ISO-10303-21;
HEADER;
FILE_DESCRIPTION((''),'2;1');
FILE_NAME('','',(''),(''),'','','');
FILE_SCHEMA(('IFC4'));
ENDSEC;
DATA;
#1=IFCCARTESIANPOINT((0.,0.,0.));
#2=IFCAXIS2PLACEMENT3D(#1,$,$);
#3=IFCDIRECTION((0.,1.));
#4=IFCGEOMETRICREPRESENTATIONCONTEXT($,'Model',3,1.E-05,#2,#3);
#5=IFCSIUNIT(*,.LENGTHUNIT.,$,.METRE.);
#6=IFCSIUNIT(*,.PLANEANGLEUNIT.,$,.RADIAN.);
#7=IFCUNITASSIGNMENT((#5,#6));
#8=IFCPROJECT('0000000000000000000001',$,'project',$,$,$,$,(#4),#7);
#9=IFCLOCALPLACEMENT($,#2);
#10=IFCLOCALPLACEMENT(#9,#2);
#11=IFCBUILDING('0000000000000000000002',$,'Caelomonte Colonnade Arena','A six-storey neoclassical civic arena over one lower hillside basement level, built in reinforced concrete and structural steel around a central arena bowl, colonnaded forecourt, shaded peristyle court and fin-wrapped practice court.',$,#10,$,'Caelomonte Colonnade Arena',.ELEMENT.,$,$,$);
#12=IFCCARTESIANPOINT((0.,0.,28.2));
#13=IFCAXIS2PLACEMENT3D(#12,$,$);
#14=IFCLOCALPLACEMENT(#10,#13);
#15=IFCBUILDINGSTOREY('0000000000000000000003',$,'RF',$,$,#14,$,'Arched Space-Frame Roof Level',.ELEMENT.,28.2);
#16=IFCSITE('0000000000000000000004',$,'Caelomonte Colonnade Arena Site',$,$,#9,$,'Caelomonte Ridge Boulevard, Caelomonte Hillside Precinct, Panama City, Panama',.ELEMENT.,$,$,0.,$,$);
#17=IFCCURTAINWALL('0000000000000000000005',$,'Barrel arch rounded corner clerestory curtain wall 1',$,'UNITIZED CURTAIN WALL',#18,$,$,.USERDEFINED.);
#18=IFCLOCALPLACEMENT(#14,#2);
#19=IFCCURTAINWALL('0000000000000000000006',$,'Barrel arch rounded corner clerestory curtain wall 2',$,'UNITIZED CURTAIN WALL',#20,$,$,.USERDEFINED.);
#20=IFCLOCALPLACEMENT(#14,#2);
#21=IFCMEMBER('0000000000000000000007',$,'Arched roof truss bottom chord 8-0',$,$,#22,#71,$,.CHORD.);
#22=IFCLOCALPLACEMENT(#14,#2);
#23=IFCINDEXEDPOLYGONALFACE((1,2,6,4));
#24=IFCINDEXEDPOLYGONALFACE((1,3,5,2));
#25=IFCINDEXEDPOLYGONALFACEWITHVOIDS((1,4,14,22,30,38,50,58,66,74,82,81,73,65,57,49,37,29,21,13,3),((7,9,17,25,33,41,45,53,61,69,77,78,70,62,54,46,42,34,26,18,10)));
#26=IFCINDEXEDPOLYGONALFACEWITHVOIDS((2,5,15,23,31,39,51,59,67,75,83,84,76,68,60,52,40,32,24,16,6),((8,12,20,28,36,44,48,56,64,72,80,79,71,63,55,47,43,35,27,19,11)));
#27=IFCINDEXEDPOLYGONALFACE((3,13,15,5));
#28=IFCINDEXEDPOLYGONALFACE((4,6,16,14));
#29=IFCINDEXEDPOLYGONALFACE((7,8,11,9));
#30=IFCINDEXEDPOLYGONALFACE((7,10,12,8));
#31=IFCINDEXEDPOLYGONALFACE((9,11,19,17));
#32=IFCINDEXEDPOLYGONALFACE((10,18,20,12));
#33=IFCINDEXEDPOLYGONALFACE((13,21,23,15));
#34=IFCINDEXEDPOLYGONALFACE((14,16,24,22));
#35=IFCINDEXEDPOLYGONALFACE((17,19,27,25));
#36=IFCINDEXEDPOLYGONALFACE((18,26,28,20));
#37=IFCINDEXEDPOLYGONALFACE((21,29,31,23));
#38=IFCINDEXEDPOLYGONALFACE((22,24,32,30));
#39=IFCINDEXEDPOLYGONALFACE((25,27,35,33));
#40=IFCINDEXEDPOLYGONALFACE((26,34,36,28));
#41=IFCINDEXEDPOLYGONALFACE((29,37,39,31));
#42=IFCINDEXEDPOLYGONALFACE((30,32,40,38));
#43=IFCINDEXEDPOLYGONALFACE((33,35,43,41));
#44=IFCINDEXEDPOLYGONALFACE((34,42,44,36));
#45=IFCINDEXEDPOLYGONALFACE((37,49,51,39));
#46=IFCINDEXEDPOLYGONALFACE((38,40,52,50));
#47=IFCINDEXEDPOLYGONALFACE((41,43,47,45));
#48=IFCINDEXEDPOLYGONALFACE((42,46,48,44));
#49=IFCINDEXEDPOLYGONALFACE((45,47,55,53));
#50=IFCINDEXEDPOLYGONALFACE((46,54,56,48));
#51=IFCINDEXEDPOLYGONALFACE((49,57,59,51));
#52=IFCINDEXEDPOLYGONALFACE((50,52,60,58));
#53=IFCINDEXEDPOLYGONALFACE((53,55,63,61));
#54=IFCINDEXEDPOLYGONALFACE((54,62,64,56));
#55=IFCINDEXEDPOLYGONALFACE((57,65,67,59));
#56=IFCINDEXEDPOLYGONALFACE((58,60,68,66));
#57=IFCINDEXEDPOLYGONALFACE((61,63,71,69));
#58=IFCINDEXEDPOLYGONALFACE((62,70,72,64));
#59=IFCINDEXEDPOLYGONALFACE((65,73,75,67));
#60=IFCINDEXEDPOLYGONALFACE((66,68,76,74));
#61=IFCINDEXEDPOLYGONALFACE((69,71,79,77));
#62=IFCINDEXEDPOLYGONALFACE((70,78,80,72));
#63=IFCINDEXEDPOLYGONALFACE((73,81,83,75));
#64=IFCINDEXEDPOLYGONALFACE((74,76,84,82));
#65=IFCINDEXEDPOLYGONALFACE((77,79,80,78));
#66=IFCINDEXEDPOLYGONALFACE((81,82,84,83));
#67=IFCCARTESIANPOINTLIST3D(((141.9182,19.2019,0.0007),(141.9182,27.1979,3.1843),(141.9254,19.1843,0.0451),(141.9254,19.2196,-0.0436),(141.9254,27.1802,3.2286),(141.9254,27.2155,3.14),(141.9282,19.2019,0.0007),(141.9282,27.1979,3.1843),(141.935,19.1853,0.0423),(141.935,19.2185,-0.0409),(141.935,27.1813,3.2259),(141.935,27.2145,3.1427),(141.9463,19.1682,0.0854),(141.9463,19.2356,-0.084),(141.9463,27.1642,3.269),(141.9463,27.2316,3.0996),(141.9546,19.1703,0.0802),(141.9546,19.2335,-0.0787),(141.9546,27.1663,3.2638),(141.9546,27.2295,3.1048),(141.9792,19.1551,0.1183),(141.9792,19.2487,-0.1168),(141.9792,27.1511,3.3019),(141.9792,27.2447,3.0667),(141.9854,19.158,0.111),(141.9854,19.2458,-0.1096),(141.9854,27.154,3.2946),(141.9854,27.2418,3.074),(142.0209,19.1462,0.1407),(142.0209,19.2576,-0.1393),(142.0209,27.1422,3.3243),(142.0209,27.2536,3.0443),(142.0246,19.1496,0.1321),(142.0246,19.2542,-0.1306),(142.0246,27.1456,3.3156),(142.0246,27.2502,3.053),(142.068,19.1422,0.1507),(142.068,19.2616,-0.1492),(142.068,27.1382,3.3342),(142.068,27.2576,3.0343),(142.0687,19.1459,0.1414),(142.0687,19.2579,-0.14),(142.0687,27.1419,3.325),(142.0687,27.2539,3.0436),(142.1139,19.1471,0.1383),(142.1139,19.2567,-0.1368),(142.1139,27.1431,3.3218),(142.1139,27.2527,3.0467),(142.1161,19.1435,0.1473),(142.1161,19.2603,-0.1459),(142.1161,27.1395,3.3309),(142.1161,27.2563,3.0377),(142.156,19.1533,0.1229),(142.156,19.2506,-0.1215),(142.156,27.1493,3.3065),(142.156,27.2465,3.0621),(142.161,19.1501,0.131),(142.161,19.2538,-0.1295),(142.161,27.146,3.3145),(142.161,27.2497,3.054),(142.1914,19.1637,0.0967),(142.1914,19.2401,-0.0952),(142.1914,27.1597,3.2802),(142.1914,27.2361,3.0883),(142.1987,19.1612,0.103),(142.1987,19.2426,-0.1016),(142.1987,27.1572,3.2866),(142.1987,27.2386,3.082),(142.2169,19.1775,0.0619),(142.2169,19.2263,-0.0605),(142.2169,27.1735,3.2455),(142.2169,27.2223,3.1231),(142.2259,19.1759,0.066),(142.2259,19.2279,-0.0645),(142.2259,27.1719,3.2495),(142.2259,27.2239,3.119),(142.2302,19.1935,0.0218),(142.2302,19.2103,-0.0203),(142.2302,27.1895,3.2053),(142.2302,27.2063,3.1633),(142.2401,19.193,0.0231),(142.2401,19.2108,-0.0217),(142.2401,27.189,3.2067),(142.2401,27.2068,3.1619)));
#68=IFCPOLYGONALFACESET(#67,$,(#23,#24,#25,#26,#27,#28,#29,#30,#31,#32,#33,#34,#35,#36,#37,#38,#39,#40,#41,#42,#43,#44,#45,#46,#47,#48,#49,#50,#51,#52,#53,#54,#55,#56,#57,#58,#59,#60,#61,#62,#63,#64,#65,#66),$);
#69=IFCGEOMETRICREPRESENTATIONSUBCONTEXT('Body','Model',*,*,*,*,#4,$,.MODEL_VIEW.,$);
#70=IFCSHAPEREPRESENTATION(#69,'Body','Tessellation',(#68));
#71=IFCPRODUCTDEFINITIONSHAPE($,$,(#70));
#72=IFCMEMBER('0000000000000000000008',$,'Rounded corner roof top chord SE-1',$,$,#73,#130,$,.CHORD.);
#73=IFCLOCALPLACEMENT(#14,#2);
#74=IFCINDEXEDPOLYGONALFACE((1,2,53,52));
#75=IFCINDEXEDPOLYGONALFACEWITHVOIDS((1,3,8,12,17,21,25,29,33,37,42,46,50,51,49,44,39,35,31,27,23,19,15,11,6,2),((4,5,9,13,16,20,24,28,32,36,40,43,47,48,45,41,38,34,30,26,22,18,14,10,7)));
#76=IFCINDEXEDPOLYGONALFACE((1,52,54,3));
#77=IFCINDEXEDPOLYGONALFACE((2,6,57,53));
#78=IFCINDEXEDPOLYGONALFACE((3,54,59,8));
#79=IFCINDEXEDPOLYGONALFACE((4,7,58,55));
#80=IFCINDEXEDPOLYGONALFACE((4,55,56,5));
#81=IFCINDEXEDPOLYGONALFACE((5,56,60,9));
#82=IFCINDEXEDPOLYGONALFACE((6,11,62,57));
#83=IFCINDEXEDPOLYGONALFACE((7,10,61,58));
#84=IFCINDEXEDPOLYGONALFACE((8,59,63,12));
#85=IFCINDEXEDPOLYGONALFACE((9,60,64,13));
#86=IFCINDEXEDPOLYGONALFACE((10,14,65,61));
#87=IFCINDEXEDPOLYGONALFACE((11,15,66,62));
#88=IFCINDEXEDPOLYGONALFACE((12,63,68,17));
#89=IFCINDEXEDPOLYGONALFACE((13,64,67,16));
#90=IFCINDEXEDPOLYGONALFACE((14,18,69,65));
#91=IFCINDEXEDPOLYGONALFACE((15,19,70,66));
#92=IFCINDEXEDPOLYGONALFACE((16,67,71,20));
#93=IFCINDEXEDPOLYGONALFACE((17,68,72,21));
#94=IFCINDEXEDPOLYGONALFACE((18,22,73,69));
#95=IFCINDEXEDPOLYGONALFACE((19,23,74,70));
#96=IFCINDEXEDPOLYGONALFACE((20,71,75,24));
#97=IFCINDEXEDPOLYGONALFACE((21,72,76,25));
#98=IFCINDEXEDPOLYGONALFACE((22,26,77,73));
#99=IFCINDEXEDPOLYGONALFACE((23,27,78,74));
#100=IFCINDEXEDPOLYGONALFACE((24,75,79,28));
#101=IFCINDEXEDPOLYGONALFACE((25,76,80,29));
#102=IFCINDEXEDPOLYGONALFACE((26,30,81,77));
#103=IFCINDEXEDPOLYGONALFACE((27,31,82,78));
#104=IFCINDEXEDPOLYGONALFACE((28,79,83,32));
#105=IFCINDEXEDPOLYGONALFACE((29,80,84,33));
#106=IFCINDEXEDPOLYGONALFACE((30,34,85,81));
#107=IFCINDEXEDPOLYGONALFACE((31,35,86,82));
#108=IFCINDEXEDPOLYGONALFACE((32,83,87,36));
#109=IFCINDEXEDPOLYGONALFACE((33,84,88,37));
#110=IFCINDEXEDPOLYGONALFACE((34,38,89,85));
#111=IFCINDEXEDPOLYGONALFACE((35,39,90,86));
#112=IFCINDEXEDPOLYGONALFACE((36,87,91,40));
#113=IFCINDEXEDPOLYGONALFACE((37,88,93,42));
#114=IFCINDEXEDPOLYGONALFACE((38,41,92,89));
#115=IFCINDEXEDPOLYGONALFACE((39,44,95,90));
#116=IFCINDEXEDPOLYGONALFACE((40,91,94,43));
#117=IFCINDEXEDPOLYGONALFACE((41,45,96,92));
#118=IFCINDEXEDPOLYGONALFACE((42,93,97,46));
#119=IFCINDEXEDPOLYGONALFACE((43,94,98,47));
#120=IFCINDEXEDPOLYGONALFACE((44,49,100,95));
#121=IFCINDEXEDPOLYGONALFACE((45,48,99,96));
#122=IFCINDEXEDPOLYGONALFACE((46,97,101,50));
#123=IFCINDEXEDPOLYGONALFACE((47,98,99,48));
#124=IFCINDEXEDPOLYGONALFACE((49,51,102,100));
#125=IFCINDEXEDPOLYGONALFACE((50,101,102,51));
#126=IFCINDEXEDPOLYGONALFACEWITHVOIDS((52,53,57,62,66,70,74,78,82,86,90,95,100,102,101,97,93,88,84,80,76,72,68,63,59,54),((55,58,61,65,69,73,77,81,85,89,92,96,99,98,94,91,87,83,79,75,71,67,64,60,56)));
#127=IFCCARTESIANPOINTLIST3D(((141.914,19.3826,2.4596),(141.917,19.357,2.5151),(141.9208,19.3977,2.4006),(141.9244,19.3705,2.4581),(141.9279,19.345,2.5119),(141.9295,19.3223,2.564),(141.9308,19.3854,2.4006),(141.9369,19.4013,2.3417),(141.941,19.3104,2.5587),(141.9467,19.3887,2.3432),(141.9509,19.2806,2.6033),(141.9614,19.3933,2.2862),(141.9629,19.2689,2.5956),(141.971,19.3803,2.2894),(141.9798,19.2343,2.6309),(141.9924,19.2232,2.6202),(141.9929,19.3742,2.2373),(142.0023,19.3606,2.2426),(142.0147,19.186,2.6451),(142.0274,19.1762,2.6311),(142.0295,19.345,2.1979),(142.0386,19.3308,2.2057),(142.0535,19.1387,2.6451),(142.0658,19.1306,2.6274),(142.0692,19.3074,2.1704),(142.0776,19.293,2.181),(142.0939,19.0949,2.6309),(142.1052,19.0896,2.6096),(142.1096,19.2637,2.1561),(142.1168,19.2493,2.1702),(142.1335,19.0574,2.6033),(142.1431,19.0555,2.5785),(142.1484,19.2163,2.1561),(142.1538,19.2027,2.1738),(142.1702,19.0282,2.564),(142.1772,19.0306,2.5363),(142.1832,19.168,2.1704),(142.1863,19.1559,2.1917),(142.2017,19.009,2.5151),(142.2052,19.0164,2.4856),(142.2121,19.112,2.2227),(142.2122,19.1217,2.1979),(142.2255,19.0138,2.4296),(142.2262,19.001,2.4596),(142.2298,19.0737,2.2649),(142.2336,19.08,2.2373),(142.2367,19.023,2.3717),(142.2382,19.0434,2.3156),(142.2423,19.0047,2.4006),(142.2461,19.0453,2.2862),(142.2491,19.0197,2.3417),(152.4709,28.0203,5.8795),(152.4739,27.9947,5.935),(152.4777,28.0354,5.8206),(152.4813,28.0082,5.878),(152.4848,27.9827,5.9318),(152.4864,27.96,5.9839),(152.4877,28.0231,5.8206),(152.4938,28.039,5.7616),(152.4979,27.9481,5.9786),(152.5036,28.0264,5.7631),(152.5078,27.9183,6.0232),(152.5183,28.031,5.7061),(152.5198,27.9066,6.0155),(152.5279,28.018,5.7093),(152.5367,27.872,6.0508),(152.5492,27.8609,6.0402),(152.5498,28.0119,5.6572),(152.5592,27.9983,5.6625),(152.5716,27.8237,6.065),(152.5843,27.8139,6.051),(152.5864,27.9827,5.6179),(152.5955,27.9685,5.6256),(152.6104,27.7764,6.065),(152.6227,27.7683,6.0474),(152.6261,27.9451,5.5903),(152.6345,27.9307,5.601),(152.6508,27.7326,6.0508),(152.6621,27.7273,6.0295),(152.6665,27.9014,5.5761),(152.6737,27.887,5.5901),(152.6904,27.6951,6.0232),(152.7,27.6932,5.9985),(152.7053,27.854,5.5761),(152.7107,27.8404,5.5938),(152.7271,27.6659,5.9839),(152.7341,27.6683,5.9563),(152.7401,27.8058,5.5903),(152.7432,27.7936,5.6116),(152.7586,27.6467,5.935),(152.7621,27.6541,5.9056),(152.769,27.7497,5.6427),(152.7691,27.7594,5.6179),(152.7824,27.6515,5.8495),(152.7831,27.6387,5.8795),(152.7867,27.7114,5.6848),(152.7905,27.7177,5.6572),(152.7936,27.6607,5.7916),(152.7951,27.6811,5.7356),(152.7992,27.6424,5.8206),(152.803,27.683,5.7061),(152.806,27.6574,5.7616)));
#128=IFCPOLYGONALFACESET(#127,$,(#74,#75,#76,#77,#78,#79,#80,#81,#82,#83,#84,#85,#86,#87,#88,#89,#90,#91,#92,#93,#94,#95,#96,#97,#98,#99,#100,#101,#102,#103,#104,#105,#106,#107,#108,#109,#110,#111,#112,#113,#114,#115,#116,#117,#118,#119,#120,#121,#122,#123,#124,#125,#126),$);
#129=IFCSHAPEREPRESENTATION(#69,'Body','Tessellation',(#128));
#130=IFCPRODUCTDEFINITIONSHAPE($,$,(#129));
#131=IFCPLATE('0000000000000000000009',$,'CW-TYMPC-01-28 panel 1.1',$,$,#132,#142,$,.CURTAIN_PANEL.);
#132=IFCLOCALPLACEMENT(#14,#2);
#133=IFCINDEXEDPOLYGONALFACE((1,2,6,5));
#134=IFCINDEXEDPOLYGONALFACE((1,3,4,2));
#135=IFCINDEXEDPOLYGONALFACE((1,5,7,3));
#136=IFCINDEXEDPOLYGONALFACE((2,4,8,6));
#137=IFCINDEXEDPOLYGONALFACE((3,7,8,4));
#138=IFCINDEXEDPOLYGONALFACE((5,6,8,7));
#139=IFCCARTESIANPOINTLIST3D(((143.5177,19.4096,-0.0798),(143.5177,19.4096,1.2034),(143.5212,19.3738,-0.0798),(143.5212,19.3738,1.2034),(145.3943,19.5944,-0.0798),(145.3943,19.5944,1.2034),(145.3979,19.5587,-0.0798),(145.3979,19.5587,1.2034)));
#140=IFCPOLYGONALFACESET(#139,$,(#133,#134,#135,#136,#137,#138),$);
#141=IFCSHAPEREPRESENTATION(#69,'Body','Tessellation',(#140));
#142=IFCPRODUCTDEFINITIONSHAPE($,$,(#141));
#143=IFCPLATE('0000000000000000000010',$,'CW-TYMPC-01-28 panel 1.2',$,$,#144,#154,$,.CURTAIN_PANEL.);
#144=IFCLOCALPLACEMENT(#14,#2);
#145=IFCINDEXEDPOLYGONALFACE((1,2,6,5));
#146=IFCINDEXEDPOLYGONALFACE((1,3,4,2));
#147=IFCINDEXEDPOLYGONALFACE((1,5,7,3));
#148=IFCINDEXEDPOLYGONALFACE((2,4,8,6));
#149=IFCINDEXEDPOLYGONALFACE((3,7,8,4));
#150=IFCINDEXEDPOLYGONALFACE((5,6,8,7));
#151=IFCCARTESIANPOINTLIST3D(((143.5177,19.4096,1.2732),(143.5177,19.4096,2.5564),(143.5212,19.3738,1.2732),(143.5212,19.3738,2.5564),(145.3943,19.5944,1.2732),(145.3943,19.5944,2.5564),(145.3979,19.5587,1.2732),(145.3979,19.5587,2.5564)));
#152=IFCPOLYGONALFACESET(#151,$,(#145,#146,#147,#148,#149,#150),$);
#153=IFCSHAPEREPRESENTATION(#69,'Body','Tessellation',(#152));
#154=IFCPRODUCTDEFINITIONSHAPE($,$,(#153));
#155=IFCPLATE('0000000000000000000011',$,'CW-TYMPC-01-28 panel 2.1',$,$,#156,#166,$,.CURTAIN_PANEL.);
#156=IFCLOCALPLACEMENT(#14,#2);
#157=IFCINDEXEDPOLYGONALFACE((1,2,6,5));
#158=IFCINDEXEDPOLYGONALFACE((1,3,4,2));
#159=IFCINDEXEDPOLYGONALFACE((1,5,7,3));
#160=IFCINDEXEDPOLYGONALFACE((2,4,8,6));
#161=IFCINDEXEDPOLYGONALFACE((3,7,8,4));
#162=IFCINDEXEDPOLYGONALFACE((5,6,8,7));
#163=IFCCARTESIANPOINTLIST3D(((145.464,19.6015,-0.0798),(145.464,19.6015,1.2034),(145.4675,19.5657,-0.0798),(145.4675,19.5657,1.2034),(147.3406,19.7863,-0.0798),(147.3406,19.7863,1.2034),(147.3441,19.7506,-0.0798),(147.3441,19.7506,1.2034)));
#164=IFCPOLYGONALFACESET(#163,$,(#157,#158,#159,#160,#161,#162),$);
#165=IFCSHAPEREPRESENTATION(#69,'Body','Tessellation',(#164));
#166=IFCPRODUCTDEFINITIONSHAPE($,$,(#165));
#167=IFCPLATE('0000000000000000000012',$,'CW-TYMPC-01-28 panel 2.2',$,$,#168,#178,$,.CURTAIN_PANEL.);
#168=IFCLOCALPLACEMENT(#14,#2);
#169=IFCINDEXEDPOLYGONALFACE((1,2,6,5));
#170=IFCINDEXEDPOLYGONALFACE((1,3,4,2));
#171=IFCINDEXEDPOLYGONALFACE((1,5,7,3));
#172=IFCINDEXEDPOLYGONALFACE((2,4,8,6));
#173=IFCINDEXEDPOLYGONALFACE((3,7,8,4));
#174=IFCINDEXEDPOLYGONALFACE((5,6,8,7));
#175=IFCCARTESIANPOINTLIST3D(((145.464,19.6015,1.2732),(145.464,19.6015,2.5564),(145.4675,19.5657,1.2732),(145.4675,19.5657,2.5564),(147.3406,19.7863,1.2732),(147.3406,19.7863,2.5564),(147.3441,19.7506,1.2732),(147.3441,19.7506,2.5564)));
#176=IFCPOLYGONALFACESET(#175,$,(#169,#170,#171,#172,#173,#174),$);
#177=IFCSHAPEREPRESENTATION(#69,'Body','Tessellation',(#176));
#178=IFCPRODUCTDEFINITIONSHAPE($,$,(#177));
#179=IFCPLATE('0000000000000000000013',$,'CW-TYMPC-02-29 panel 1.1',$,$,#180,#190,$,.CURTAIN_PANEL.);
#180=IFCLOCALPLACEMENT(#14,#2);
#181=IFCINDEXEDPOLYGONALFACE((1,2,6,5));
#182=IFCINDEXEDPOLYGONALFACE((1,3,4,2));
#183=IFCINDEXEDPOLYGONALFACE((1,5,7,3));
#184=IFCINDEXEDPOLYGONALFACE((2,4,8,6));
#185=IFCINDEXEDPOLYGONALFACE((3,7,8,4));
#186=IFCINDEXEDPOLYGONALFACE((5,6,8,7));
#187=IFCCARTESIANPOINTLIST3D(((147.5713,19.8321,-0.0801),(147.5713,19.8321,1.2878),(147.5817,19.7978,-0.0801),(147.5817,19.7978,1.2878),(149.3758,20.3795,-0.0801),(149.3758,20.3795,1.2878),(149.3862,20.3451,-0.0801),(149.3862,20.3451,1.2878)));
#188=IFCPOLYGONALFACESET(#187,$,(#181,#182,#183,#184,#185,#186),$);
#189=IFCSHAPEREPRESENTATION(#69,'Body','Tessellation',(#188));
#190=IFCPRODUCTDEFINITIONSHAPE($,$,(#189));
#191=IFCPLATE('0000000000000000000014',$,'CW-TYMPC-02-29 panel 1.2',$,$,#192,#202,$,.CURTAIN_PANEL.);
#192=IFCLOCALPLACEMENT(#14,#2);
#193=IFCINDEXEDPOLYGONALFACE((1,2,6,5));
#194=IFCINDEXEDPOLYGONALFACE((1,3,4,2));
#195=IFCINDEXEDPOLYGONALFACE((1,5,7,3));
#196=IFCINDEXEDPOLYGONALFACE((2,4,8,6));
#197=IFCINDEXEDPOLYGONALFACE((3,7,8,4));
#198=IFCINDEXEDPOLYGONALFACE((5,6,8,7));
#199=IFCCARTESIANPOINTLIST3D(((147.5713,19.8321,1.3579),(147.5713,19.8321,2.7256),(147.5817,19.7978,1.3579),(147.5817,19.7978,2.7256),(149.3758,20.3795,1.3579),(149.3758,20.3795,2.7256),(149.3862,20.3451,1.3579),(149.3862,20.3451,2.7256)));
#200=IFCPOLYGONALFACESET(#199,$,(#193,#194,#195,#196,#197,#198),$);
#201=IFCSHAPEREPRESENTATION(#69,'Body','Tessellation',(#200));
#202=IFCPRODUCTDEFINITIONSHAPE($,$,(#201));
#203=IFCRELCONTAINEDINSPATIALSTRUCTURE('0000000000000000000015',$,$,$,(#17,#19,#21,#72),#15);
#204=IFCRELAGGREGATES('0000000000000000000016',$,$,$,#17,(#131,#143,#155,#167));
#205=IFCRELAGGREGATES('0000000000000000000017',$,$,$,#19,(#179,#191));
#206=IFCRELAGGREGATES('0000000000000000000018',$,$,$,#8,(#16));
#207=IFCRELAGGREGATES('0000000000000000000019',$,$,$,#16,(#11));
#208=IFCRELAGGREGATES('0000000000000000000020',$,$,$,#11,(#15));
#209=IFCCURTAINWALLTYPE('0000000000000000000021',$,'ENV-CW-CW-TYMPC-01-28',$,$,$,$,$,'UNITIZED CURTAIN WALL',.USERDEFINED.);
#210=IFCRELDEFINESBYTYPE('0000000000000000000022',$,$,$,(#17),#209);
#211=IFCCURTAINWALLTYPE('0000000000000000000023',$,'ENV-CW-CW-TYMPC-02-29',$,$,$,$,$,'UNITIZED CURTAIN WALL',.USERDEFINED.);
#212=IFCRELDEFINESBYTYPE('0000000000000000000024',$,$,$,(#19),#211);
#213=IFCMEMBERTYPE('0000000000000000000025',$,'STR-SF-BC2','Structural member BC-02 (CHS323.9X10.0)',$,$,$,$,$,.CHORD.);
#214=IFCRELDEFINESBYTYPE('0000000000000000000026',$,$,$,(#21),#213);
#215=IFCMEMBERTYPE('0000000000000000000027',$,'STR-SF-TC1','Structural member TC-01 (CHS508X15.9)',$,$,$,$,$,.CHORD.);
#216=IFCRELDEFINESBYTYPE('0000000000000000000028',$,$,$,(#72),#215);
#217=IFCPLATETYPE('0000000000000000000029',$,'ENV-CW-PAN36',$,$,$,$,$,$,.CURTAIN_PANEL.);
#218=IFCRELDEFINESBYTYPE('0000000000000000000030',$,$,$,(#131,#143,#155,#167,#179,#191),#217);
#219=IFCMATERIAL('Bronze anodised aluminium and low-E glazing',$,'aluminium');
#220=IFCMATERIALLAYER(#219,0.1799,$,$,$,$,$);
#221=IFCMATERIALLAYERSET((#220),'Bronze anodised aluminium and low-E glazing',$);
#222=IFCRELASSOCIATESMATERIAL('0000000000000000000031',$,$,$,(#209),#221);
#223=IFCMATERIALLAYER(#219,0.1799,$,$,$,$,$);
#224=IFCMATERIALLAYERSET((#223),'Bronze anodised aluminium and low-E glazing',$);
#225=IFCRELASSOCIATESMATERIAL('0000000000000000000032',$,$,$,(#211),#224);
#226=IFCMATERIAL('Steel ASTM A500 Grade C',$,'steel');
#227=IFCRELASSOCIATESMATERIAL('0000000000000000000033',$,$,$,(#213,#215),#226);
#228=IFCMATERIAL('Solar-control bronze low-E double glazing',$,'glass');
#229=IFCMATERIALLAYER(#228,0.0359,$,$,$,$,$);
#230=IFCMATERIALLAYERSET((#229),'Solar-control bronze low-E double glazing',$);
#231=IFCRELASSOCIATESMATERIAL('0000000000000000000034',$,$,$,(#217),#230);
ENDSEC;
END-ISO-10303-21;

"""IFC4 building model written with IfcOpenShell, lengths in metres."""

from ifc_helpers import new_model, si_unit, direction, frame, origin, origin_2d, place, context, subcontext, project, spatial, rectangle, hollow_circle, extrude, material, layer, layer_set, material_profile, profile_set, type_object, element, aggregate, save


model = new_model("IFC4")

# Units and contexts
model_context = context("Model", 3, precision=1e-05, world=origin(), true_north=direction((0.0, 1.0)))
body_context = subcontext(model_context, "Body", "Model", "MODEL_VIEW")
ifc_project = project(units=[si_unit("LENGTHUNIT", "METRE"), si_unit("PLANEANGLEUNIT", "RADIAN")], contexts=[model_context])

# Site, building, storey
site_placement = place(None, origin())
site = spatial("IfcSite", under=ifc_project, at=site_placement, Name="Caelomonte Colonnade Arena Site", LongName="Caelomonte Ridge Boulevard, Caelomonte Hillside Precinct, Panama City, Panama", CompositionType="ELEMENT", RefElevation=0.0)
building_placement = place(site_placement, origin())
building = spatial("IfcBuilding", under=site, at=building_placement, Name="Caelomonte Colonnade Arena", Description="A six-storey neoclassical civic arena over one lower hillside basement level, built in reinforced concrete and structural steel around a central arena bowl, colonnaded forecourt, shaded peristyle court and fin-wrapped practice court.", LongName="Caelomonte Colonnade Arena", CompositionType="ELEMENT")
storey_placement = place(building_placement, frame((0.0, 0.0, 28.2)))
storey = spatial("IfcBuildingStorey", under=building, at=storey_placement, Name="RF", LongName="Arched Space-Frame Roof Level", CompositionType="ELEMENT", Elevation=28.2)

# Curtain walls
ifc_material_1 = material(Name="Bronze anodised aluminium and low-E glazing", Category="aluminium")
ifc_layer_1 = layer(ifc_material_1, 0.1799)
ifc_layer_set_1 = layer_set([ifc_layer_1], Name="Bronze anodised aluminium and low-E glazing")
curtain_wall_type_1 = type_object("IfcCurtainWallType", Name="ENV-CW-CW-TYMPC-01-28", ElementType="UNITIZED CURTAIN WALL", PredefinedType="USERDEFINED", material=ifc_layer_set_1)
curtain_wall_1_placement = place(storey_placement, origin())
curtain_wall_1 = element("IfcCurtainWall", 1, at=curtain_wall_1_placement, inside=storey, type_object=curtain_wall_type_1, Name="Barrel arch rounded corner clerestory curtain wall 1", ObjectType="UNITIZED CURTAIN WALL", PredefinedType="USERDEFINED")
ifc_layer_2 = layer(ifc_material_1, 0.1799)
ifc_layer_set_2 = layer_set([ifc_layer_2], Name="Bronze anodised aluminium and low-E glazing")
curtain_wall_type_2 = type_object("IfcCurtainWallType", Name="ENV-CW-CW-TYMPC-02-29", ElementType="UNITIZED CURTAIN WALL", PredefinedType="USERDEFINED", material=ifc_layer_set_2)
curtain_wall_2_placement = place(storey_placement, origin())
curtain_wall_2 = element("IfcCurtainWall", 2, at=curtain_wall_2_placement, inside=storey, type_object=curtain_wall_type_2, Name="Barrel arch rounded corner clerestory curtain wall 2", ObjectType="UNITIZED CURTAIN WALL", PredefinedType="USERDEFINED")

# Members
ifc_material_2 = material(Name="Steel ASTM A500 Grade C", Category="steel")
ifc_material_profile_1 = material_profile(ifc_material_2, hollow_circle(Radius=0.1619, WallThickness=0.01, at=origin_2d()), Name="CHS323.9X10.0")
ifc_profile_set_1 = profile_set([ifc_material_profile_1], Name="Steel ASTM A500 Grade C")
member_type_1 = type_object("IfcMemberType", Name="STR-SF-BC2", Description="Structural member BC-02 (CHS323.9X10.0)", PredefinedType="CHORD", material=ifc_profile_set_1)
member_1_placement = place(storey_placement, frame((142.0801, 19.2019, 0.0007), z_axis=(0.0, 0.92907, 0.369903), x_axis=(-1.0, 0.0, 0.0)))
element("IfcMember", 3, at=member_1_placement, inside=storey, type_object=member_type_1, Name="Arched roof truss bottom chord 8-0", PredefinedType="CHORD", context=body_context, shape_type="SweptSolid", body=[
    extrude(hollow_circle(Radius=0.1619, WallThickness=0.01, at=origin_2d()), origin(), (0.0, 0.0, 1.0), 8.6064),
])
ifc_material_profile_2 = material_profile(ifc_material_2, hollow_circle(Radius=0.2539, WallThickness=0.0159, at=origin_2d()), Name="CHS508X15.9")
ifc_profile_set_2 = profile_set([ifc_material_profile_2], Name="Steel ASTM A500 Grade C")
member_type_2 = type_object("IfcMemberType", Name="STR-SF-TC1", Description="Structural member TC-01 (CHS508X15.9)", PredefinedType="CHORD", material=ifc_profile_set_2)
member_2_placement = place(storey_placement, frame((142.0815, 19.2012, 2.4006), z_axis=(0.750713, 0.614237, 0.243195), x_axis=(-0.633249, 0.773949, 0.0)))
element("IfcMember", 4, at=member_2_placement, inside=storey, type_object=member_type_2, Name="Rounded corner roof top chord SE-1", PredefinedType="CHORD", context=body_context, shape_type="SweptSolid", body=[
    extrude(hollow_circle(Radius=0.2539, WallThickness=0.0159, at=origin_2d()), origin(), (0.0, 0.0, 1.0), 14.0625),
])

# Plates
ifc_material_3 = material(Name="Solar-control bronze low-E double glazing", Category="glass")
ifc_layer_3 = layer(ifc_material_3, 0.0359)
ifc_layer_set_3 = layer_set([ifc_layer_3], Name="Solar-control bronze low-E double glazing")
plate_type = type_object("IfcPlateType", Name="ENV-CW-PAN36", PredefinedType="CURTAIN_PANEL", material=ifc_layer_set_3)
plate_1_placement = place(storey_placement, frame((144.4578, 19.4841, -0.0798), z_axis=(0.0, 0.0, 1.0), x_axis=(0.995183, 0.098031, 0.0)))
plate_1 = element("IfcPlate", 5, at=plate_1_placement, type_object=plate_type, Name="CW-TYMPC-01-28 panel 1.1", PredefinedType="CURTAIN_PANEL", context=body_context, shape_type="SweptSolid", body=[
    extrude(rectangle(XDim=1.8857, YDim=0.0359, at=origin_2d()), origin(), (0.0, 0.0, 1.0), 1.2832),
])
plate_2_placement = place(storey_placement, frame((144.4578, 19.4841, 1.2732), z_axis=(0.0, 0.0, 1.0), x_axis=(0.995183, 0.098031, 0.0)))
plate_2 = element("IfcPlate", 6, at=plate_2_placement, type_object=plate_type, Name="CW-TYMPC-01-28 panel 1.2", PredefinedType="CURTAIN_PANEL", context=body_context, shape_type="SweptSolid", body=[
    extrude(rectangle(XDim=1.8857, YDim=0.0359, at=origin_2d()), origin(), (0.0, 0.0, 1.0), 1.2832),
])
plate_3_placement = place(storey_placement, frame((146.4041, 19.676, -0.0798), z_axis=(0.0, 0.0, 1.0), x_axis=(0.995183, 0.098031, 0.0)))
plate_3 = element("IfcPlate", 7, at=plate_3_placement, type_object=plate_type, Name="CW-TYMPC-01-28 panel 2.1", PredefinedType="CURTAIN_PANEL", context=body_context, shape_type="SweptSolid", body=[
    extrude(rectangle(XDim=1.8857, YDim=0.0359, at=origin_2d()), origin(), (0.0, 0.0, 1.0), 1.2832),
])
plate_4_placement = place(storey_placement, frame((146.4041, 19.676, 1.2732), z_axis=(0.0, 0.0, 1.0), x_axis=(0.995183, 0.098031, 0.0)))
plate_4 = element("IfcPlate", 8, at=plate_4_placement, type_object=plate_type, Name="CW-TYMPC-01-28 panel 2.2", PredefinedType="CURTAIN_PANEL", context=body_context, shape_type="SweptSolid", body=[
    extrude(rectangle(XDim=1.8857, YDim=0.0359, at=origin_2d()), origin(), (0.0, 0.0, 1.0), 1.2832),
])
aggregate(curtain_wall_1, [plate_1, plate_2, plate_3, plate_4])
plate_5_placement = place(storey_placement, frame((148.4788, 20.0886, -0.0801), z_axis=(0.0, 0.0, 1.0), x_axis=(0.956946, 0.290266, 0.0)))
plate_5 = element("IfcPlate", 9, at=plate_5_placement, type_object=plate_type, Name="CW-TYMPC-02-29 panel 1.1", PredefinedType="CURTAIN_PANEL", context=body_context, shape_type="SweptSolid", body=[
    extrude(rectangle(XDim=1.8857, YDim=0.0359, at=origin_2d()), origin(), (0.0, 0.0, 1.0), 1.3679),
])
plate_6_placement = place(storey_placement, frame((148.4788, 20.0886, 1.3579), z_axis=(0.0, 0.0, 1.0), x_axis=(0.956946, 0.290266, 0.0)))
plate_6 = element("IfcPlate", 10, at=plate_6_placement, type_object=plate_type, Name="CW-TYMPC-02-29 panel 1.2", PredefinedType="CURTAIN_PANEL", context=body_context, shape_type="SweptSolid", body=[
    extrude(rectangle(XDim=1.8857, YDim=0.0359, at=origin_2d()), origin(), (0.0, 0.0, 1.0), 1.3677),
])
aggregate(curtain_wall_2, [plate_5, plate_6])

save(model, "model.ifc")
